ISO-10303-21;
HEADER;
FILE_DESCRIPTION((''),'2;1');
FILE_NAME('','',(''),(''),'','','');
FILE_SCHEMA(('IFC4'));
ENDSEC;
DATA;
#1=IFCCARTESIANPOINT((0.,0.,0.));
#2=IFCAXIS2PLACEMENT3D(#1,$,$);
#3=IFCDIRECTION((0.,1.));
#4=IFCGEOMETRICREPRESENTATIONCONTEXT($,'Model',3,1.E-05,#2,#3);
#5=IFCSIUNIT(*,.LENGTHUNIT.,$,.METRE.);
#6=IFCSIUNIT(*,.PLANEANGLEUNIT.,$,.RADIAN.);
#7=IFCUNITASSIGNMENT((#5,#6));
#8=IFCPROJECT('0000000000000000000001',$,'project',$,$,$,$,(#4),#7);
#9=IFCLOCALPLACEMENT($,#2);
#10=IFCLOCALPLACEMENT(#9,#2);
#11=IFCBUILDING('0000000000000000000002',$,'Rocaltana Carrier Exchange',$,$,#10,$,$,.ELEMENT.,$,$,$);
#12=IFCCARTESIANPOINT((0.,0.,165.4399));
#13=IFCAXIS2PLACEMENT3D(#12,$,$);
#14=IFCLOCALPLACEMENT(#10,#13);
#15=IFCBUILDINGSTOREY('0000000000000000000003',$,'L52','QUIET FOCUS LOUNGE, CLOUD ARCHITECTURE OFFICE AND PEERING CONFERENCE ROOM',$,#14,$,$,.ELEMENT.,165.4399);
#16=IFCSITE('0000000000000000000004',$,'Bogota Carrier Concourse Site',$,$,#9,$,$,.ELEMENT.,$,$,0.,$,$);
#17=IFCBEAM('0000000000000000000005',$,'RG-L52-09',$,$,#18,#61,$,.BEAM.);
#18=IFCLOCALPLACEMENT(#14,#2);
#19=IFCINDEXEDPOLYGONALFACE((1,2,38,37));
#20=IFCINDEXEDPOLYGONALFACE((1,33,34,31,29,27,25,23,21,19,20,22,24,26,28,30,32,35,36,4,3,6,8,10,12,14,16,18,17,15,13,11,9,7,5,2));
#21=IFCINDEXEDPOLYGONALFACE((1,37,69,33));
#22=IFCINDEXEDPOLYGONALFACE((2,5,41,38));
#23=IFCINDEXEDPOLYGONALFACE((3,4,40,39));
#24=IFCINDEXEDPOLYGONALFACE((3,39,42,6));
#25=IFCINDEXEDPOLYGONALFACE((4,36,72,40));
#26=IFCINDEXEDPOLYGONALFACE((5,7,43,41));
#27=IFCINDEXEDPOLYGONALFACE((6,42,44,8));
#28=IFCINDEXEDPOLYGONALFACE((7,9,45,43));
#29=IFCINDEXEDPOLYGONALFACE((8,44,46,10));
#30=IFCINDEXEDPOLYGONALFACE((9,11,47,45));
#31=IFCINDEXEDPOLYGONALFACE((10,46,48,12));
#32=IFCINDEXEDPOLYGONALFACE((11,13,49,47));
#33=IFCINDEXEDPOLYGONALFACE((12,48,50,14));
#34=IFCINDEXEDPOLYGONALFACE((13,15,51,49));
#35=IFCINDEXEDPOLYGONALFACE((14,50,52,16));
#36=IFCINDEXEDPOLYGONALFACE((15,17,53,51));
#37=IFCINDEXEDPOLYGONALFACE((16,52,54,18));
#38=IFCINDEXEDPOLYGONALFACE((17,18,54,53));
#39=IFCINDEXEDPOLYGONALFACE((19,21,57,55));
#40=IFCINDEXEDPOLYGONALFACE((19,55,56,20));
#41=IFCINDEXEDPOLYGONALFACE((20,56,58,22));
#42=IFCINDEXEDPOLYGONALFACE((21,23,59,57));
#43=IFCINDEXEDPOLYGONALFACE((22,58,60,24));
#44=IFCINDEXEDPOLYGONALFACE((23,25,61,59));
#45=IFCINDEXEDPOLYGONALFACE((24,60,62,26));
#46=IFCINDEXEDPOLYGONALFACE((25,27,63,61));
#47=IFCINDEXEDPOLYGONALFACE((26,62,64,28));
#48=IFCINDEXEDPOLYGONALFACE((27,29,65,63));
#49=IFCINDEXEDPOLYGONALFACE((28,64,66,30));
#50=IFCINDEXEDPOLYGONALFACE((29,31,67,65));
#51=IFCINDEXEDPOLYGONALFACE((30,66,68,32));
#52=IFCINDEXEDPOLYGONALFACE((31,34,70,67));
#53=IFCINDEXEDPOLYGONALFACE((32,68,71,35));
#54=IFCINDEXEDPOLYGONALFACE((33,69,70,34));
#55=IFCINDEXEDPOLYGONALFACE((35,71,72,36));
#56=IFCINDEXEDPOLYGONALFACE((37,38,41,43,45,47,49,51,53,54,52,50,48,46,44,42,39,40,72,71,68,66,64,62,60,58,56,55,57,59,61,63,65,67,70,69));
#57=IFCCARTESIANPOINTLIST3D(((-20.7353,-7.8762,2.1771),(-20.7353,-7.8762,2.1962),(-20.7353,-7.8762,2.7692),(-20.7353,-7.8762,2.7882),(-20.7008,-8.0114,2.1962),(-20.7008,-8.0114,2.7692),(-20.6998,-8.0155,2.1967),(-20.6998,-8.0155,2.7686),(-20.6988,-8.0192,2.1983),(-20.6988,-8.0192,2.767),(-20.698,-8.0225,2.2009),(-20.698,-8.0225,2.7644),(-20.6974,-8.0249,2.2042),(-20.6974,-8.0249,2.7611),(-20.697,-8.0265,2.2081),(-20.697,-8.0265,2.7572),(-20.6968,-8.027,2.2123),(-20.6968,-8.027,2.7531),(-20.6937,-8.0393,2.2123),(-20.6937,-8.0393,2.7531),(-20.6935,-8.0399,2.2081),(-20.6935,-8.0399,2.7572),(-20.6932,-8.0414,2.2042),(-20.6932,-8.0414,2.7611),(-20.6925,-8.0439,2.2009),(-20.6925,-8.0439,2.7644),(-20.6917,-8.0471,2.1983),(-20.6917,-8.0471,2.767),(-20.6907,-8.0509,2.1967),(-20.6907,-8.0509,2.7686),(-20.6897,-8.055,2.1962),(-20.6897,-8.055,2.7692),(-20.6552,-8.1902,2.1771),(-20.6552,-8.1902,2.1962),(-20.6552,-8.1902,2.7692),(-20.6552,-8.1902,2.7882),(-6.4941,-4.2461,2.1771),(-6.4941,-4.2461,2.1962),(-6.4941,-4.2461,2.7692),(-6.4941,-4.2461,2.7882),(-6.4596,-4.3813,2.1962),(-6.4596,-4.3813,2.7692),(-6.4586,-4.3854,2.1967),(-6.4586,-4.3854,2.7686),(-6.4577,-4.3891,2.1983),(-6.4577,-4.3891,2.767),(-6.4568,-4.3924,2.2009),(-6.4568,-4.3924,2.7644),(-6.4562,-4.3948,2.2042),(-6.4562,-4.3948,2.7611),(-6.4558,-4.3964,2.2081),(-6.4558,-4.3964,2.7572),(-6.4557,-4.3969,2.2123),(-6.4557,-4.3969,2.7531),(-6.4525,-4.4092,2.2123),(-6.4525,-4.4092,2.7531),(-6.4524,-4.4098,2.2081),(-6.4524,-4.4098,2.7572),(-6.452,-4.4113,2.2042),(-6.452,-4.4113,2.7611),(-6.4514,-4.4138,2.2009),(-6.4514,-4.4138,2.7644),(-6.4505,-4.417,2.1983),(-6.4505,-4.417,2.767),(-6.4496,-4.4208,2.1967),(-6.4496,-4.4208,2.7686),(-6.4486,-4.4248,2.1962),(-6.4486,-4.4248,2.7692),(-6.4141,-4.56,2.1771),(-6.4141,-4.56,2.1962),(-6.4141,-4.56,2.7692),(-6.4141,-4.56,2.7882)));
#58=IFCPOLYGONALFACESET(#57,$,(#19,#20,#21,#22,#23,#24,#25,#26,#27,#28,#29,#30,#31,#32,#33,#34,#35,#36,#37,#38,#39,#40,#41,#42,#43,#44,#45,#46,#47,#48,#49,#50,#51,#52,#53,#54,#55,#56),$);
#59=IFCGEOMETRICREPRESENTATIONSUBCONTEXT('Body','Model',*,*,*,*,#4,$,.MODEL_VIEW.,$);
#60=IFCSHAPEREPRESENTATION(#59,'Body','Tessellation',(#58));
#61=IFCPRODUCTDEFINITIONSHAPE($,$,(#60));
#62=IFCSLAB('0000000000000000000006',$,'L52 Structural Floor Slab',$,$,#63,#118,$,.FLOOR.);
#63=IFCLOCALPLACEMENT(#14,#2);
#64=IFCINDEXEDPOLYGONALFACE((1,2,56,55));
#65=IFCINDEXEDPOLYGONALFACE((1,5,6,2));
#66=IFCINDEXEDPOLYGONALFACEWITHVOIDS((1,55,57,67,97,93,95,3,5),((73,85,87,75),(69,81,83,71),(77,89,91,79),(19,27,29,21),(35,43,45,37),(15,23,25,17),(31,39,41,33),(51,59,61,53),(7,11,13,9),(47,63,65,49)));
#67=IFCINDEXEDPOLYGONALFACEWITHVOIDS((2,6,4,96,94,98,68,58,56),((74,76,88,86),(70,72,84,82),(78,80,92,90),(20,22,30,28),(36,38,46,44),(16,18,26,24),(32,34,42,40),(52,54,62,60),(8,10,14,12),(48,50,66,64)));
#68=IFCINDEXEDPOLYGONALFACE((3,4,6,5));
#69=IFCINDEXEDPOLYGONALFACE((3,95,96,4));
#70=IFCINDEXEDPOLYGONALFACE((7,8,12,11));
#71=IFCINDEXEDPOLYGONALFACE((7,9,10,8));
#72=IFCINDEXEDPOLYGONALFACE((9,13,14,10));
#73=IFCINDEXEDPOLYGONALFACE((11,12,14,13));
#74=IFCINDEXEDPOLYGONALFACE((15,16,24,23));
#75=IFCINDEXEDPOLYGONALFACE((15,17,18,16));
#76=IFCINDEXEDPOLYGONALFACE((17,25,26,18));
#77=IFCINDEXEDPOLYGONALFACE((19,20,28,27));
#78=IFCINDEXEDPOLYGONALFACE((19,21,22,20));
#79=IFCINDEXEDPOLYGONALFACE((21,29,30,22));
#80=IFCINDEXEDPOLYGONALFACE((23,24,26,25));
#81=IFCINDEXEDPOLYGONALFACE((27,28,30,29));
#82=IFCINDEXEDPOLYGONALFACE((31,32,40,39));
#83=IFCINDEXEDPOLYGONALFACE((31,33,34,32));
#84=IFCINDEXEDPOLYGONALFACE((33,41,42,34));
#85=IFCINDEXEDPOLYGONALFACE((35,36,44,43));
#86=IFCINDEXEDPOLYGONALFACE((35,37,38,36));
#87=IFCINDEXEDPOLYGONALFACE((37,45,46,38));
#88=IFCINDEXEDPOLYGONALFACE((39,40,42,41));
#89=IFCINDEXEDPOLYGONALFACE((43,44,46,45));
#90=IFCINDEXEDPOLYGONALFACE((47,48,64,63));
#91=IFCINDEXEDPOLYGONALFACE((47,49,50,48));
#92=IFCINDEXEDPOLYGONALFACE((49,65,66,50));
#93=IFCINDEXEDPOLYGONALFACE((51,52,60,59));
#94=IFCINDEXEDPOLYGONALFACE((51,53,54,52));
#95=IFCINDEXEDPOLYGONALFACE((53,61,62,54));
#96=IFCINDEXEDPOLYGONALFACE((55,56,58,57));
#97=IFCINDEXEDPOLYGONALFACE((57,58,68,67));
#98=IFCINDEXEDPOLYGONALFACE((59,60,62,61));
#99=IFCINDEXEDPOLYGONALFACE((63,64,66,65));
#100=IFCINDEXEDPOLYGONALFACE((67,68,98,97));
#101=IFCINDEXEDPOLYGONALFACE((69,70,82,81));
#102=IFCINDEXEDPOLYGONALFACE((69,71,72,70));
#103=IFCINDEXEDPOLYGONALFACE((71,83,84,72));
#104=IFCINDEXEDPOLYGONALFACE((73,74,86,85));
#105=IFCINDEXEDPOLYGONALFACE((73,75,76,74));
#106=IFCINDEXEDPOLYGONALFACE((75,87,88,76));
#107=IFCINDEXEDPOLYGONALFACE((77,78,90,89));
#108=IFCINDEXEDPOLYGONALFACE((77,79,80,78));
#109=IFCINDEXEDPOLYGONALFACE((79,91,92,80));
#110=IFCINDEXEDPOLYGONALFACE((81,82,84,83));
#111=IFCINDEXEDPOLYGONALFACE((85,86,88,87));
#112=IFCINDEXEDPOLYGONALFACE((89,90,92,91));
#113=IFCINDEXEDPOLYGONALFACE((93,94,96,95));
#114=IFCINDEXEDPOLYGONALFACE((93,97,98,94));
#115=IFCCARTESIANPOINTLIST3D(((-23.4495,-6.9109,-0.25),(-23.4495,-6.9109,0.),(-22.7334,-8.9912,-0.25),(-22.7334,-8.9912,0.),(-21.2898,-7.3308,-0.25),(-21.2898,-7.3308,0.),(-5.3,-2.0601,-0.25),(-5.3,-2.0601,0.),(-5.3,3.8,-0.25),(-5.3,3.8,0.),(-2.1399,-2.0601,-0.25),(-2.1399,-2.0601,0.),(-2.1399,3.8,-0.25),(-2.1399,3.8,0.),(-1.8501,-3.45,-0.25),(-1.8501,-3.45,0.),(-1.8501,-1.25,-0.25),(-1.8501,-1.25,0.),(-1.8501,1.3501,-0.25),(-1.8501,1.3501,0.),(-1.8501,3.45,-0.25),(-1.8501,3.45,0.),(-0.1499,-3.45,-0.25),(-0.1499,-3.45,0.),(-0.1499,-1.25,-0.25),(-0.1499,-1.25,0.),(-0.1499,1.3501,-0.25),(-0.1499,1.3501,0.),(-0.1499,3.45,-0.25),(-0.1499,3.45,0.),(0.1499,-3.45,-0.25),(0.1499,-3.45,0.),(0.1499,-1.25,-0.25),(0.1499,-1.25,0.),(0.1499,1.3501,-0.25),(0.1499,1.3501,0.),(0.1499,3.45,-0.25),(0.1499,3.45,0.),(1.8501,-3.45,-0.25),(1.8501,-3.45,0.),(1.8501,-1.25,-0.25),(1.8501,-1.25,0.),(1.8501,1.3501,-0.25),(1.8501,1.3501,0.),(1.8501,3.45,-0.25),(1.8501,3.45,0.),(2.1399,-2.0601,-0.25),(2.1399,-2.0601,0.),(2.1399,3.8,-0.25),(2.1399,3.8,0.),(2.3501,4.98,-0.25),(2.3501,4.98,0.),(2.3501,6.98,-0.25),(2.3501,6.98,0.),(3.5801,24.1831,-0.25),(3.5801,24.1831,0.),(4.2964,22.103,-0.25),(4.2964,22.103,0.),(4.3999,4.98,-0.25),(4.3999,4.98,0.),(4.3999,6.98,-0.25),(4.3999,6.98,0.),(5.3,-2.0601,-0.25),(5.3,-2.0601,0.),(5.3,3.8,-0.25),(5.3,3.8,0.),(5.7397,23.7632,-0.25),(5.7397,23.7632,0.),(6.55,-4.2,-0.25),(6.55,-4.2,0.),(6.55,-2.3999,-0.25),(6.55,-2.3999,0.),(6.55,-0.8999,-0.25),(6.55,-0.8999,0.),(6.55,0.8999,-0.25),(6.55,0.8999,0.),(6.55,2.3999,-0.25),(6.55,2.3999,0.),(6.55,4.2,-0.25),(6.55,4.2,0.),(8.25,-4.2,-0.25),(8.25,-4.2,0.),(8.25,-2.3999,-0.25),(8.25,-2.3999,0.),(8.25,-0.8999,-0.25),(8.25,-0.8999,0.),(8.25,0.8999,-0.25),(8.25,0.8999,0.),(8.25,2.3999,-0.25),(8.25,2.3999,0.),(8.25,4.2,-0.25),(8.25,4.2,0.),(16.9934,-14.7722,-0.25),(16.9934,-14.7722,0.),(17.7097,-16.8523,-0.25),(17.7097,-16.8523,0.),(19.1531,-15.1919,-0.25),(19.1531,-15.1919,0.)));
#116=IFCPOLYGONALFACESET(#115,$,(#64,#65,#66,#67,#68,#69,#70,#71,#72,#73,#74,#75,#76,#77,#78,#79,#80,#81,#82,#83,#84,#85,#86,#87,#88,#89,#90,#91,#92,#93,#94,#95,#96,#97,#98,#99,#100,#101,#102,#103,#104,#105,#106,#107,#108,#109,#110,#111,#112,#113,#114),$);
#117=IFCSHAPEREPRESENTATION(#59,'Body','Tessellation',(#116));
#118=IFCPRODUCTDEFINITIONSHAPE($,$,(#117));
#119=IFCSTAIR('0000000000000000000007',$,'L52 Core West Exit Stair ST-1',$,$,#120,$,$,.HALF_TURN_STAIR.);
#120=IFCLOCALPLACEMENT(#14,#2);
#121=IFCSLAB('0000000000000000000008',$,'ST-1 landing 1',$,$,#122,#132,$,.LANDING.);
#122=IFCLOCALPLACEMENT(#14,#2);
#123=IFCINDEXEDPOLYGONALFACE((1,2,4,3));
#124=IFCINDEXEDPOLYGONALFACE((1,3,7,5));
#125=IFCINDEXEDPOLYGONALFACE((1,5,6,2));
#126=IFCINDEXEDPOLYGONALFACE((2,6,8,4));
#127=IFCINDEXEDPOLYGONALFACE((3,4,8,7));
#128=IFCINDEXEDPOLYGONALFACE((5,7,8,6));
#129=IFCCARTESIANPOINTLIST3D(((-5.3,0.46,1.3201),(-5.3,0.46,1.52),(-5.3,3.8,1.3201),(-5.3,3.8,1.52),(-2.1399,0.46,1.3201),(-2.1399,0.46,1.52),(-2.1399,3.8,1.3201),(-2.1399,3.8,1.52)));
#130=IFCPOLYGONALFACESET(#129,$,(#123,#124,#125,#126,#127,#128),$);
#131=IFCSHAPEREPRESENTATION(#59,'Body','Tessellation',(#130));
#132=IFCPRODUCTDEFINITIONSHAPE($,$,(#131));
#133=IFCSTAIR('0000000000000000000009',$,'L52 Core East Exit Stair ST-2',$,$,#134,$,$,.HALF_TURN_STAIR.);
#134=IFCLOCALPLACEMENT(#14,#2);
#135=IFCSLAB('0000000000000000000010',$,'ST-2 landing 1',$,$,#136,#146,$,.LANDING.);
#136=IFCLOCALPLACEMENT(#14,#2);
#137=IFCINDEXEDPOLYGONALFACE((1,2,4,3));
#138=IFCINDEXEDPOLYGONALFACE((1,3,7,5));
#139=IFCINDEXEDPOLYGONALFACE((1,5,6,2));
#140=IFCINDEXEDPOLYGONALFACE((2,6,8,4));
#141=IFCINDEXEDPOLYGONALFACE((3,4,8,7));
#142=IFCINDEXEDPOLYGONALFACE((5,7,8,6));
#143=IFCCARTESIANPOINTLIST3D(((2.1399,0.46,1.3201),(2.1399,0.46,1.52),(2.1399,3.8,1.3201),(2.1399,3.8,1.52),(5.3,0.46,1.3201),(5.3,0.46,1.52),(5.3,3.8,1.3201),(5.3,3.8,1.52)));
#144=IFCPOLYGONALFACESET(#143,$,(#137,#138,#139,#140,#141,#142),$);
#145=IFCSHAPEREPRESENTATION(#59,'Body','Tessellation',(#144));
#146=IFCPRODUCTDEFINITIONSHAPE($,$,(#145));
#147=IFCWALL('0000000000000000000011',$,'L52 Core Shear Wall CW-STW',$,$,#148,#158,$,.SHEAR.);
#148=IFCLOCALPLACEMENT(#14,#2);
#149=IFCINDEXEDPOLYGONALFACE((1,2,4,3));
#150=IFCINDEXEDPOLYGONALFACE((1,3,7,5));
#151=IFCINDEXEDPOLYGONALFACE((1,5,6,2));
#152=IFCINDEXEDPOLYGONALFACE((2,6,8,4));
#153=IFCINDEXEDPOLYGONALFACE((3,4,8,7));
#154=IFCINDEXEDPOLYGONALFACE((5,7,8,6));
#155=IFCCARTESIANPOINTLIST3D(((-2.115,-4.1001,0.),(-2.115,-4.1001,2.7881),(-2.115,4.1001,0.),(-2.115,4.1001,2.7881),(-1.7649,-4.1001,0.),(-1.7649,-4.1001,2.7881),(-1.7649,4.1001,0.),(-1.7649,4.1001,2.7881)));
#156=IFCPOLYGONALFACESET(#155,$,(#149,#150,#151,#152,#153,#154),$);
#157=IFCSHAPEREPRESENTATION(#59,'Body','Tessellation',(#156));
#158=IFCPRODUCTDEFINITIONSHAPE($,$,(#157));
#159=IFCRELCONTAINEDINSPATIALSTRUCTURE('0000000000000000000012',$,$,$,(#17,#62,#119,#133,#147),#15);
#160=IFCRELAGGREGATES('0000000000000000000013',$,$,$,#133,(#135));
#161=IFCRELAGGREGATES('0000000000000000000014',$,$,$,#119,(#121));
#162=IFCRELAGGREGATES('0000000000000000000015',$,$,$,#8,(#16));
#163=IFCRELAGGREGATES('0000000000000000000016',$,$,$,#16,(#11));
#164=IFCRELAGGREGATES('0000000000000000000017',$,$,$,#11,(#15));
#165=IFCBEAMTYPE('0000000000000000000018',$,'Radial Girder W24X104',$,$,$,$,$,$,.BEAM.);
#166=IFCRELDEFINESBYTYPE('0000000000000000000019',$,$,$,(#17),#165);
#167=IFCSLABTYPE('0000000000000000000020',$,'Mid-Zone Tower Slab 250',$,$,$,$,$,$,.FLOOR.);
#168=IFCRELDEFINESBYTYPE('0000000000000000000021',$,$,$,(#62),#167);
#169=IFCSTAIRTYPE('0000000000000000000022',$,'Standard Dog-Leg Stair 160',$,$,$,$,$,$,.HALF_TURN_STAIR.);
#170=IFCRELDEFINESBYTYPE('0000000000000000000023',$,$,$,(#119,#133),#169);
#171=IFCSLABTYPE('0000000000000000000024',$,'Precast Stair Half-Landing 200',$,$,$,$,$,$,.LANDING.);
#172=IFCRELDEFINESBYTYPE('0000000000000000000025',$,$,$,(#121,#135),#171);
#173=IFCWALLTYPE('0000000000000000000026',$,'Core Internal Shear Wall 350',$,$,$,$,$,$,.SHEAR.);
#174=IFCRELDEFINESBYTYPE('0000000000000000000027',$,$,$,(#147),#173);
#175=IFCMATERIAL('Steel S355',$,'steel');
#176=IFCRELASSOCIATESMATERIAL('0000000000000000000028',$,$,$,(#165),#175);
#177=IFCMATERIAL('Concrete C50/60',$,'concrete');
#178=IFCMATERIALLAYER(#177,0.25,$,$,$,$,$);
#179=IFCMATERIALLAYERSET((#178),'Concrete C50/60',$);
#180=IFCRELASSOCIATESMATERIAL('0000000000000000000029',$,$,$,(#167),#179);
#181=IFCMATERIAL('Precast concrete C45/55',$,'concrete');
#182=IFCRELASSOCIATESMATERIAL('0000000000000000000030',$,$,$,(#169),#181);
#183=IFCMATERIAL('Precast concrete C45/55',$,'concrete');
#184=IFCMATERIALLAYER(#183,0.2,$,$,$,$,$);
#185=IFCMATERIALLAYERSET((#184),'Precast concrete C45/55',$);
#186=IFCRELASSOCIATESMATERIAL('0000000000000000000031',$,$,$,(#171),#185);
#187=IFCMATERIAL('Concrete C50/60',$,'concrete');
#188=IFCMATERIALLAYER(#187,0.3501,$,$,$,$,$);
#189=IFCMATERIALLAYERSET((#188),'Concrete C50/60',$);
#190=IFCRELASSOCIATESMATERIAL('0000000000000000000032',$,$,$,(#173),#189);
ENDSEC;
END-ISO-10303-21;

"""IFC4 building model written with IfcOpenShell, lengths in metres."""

from ifc_helpers import new_model, si_unit, direction, frame, frame_2d, origin, origin_2d, place, context, subcontext, project, spatial, polyline, rectangle, i_section, outline, extrude, material, layer, layer_set, material_profile, profile_set, type_object, element, aggregate, save


model = new_model("IFC4")

# Units and contexts
model_context = context("Model", 3, precision=1e-05, world=origin(), true_north=direction((0.0, 1.0)))
body_context = subcontext(model_context, "Body", "Model", "MODEL_VIEW")
ifc_project = project(units=[si_unit("LENGTHUNIT", "METRE"), si_unit("PLANEANGLEUNIT", "RADIAN")], contexts=[model_context])

# Site, building, storey
site_placement = place(None, origin())
site = spatial("IfcSite", under=ifc_project, at=site_placement, Name="Bogota Carrier Concourse Site", CompositionType="ELEMENT", RefElevation=0.0)
building_placement = place(site_placement, origin())
building = spatial("IfcBuilding", under=site, at=building_placement, Name="Rocaltana Carrier Exchange", CompositionType="ELEMENT")
storey_placement = place(building_placement, frame((0.0, 0.0, 165.4399)))
storey = spatial("IfcBuildingStorey", under=building, at=storey_placement, Name="L52", Description="QUIET FOCUS LOUNGE, CLOUD ARCHITECTURE OFFICE AND PEERING CONFERENCE ROOM", CompositionType="ELEMENT", Elevation=165.4399)

# Beam
ifc_material_1 = material(Name="Steel S355", Category="steel")
ifc_material_profile_1 = material_profile(ifc_material_1, i_section(OverallWidth=0.324, OverallDepth=0.6111, WebThickness=0.0127, FlangeThickness=0.019, FilletRadius=0.0161, at=origin_2d()), Name="W24X104")
ifc_profile_set_1 = profile_set([ifc_material_profile_1], Name="Steel S355")
beam_type = type_object("IfcBeamType", Name="Radial Girder W24X104", PredefinedType="BEAM", material=ifc_profile_set_1)
beam_1_placement = place(storey_placement, frame((-6.4541, -4.4031, 2.4827), z_axis=(-0.969014, -0.247005, 0.0), x_axis=(0.247005, -0.969014, 0.0)))
element("IfcBeam", 1, at=beam_1_placement, inside=storey, type_object=beam_type, Name="RG-L52-09", PredefinedType="BEAM", context=body_context, shape_type="SweptSolid", body=[
    extrude(i_section(OverallWidth=0.324, OverallDepth=0.6111, WebThickness=0.0127, FlangeThickness=0.019, FilletRadius=0.0161, at=origin_2d()), origin(), (0.0, 0.0, 1.0), 14.6965),
])

# Slab
ifc_material_2 = material(Name="Concrete C50/60", Category="concrete")
ifc_layer_1 = layer(ifc_material_2, 0.25)
ifc_layer_set_1 = layer_set([ifc_layer_1], Name="Concrete C50/60")
slab_type_1 = type_object("IfcSlabType", Name="Mid-Zone Tower Slab 250", PredefinedType="FLOOR", material=ifc_layer_set_1)
slab_1_placement = place(storey_placement, frame((0.0, 0.0, -0.25)))
element("IfcSlab", 2, at=slab_1_placement, inside=storey, type_object=slab_type_1, Name="L52 Structural Floor Slab", PredefinedType="FLOOR", context=body_context, shape_type="SweptSolid", body=[
    extrude(outline(polyline([(17.7097, -16.8523), (16.9934, -14.7722), (19.1531, -15.1919), (5.7397, 23.7632), (4.2964, 22.103), (3.5801, 24.1831), (-23.4495, -6.9109), (-21.2898, -7.3308), (-22.7334, -8.9912), (17.7097, -16.8523)]), holes=[polyline([(-5.3, -2.0601), (-2.1399, -2.0601), (-2.1399, 3.8), (-5.3, 3.8), (-5.3, -2.0601)]), polyline([(2.1399, -2.0601), (5.3, -2.0601), (5.3, 3.8), (2.1399, 3.8), (2.1399, -2.0601)]), polyline([(-1.8501, -3.45), (-0.1499, -3.45), (-0.1499, -1.25), (-1.8501, -1.25), (-1.8501, -3.45)]), polyline([(0.1499, -3.45), (1.8501, -3.45), (1.8501, -1.25), (0.1499, -1.25), (0.1499, -3.45)]), polyline([(2.3501, 4.98), (4.3999, 4.98), (4.3999, 6.98), (2.3501, 6.98), (2.3501, 4.98)]), polyline([(-1.8501, 1.3501), (-0.1499, 1.3501), (-0.1499, 3.45), (-1.8501, 3.45), (-1.8501, 1.3501)]), polyline([(0.1499, 1.3501), (1.8501, 1.3501), (1.8501, 3.45), (0.1499, 3.45), (0.1499, 1.3501)]), polyline([(6.55, -4.2), (8.25, -4.2), (8.25, -2.3999), (6.55, -2.3999), (6.55, -4.2)]), polyline([(6.55, -0.8999), (8.25, -0.8999), (8.25, 0.8999), (6.55, 0.8999), (6.55, -0.8999)]), polyline([(6.55, 2.3999), (8.25, 2.3999), (8.25, 4.2), (6.55, 4.2), (6.55, 2.3999)])]), origin(), (0.0, 0.0, 1.0), 0.25),
])

# Stairs, slabs
ifc_material_3 = material(Name="Precast concrete C45/55", Category="concrete")
stair_type = type_object("IfcStairType", Name="Standard Dog-Leg Stair 160", PredefinedType="HALF_TURN_STAIR", material=ifc_material_3)
stair_1_placement = place(storey_placement, origin())
stair_1 = element("IfcStair", 3, at=stair_1_placement, inside=storey, type_object=stair_type, Name="L52 Core West Exit Stair ST-1", PredefinedType="HALF_TURN_STAIR")
ifc_material_4 = material(Name="Precast concrete C45/55", Category="concrete")
ifc_layer_2 = layer(ifc_material_4, 0.2)
ifc_layer_set_2 = layer_set([ifc_layer_2], Name="Precast concrete C45/55")
slab_type_2 = type_object("IfcSlabType", Name="Precast Stair Half-Landing 200", PredefinedType="LANDING", material=ifc_layer_set_2)
slab_2_placement = place(storey_placement, frame((0.0, 0.0, 1.3201)))
slab_2 = element("IfcSlab", 4, at=slab_2_placement, type_object=slab_type_2, Name="ST-1 landing 1", PredefinedType="LANDING", context=body_context, shape_type="SweptSolid", body=[
    extrude(outline(polyline([(-2.1399, 0.46), (-2.1399, 3.8), (-5.3, 3.8), (-5.3, 0.46), (-2.1399, 0.46)])), origin(), (0.0, 0.0, 1.0), 0.2),
])
stair_2_placement = place(storey_placement, origin())
stair_2 = element("IfcStair", 5, at=stair_2_placement, inside=storey, type_object=stair_type, Name="L52 Core East Exit Stair ST-2", PredefinedType="HALF_TURN_STAIR")
slab_3_placement = place(storey_placement, frame((0.0, 0.0, 1.3201)))
slab_3 = element("IfcSlab", 6, at=slab_3_placement, type_object=slab_type_2, Name="ST-2 landing 1", PredefinedType="LANDING", context=body_context, shape_type="SweptSolid", body=[
    extrude(outline(polyline([(5.3, 0.46), (5.3, 3.8), (2.1399, 3.8), (2.1399, 0.46), (5.3, 0.46)])), origin(), (0.0, 0.0, 1.0), 0.2),
])
aggregate(stair_2, [slab_3])

# Wall
ifc_material_5 = material(Name="Concrete C50/60", Category="concrete")
ifc_layer_3 = layer(ifc_material_5, 0.3501)
ifc_layer_set_3 = layer_set([ifc_layer_3], Name="Concrete C50/60")
wall_type_1 = type_object("IfcWallType", Name="Core Internal Shear Wall 350", PredefinedType="SHEAR", material=ifc_layer_set_3)
wall_1_placement = place(storey_placement, frame((-1.9399, -4.1001, 0.0), z_axis=(0.0, 0.0, 1.0), x_axis=(0.0, 1.0, 0.0)))
element("IfcWall", 7, at=wall_1_placement, inside=storey, type_object=wall_type_1, Name="L52 Core Shear Wall CW-STW", PredefinedType="SHEAR", context=body_context, shape_type="SweptSolid", body=[
    extrude(rectangle(XDim=8.2002, YDim=0.3501, at=frame_2d((4.1001, 0.0))), origin(), (0.0, 0.0, 1.0), 2.7881),
])

aggregate(stair_1, [slab_2])

save(model, "model.ifc")
